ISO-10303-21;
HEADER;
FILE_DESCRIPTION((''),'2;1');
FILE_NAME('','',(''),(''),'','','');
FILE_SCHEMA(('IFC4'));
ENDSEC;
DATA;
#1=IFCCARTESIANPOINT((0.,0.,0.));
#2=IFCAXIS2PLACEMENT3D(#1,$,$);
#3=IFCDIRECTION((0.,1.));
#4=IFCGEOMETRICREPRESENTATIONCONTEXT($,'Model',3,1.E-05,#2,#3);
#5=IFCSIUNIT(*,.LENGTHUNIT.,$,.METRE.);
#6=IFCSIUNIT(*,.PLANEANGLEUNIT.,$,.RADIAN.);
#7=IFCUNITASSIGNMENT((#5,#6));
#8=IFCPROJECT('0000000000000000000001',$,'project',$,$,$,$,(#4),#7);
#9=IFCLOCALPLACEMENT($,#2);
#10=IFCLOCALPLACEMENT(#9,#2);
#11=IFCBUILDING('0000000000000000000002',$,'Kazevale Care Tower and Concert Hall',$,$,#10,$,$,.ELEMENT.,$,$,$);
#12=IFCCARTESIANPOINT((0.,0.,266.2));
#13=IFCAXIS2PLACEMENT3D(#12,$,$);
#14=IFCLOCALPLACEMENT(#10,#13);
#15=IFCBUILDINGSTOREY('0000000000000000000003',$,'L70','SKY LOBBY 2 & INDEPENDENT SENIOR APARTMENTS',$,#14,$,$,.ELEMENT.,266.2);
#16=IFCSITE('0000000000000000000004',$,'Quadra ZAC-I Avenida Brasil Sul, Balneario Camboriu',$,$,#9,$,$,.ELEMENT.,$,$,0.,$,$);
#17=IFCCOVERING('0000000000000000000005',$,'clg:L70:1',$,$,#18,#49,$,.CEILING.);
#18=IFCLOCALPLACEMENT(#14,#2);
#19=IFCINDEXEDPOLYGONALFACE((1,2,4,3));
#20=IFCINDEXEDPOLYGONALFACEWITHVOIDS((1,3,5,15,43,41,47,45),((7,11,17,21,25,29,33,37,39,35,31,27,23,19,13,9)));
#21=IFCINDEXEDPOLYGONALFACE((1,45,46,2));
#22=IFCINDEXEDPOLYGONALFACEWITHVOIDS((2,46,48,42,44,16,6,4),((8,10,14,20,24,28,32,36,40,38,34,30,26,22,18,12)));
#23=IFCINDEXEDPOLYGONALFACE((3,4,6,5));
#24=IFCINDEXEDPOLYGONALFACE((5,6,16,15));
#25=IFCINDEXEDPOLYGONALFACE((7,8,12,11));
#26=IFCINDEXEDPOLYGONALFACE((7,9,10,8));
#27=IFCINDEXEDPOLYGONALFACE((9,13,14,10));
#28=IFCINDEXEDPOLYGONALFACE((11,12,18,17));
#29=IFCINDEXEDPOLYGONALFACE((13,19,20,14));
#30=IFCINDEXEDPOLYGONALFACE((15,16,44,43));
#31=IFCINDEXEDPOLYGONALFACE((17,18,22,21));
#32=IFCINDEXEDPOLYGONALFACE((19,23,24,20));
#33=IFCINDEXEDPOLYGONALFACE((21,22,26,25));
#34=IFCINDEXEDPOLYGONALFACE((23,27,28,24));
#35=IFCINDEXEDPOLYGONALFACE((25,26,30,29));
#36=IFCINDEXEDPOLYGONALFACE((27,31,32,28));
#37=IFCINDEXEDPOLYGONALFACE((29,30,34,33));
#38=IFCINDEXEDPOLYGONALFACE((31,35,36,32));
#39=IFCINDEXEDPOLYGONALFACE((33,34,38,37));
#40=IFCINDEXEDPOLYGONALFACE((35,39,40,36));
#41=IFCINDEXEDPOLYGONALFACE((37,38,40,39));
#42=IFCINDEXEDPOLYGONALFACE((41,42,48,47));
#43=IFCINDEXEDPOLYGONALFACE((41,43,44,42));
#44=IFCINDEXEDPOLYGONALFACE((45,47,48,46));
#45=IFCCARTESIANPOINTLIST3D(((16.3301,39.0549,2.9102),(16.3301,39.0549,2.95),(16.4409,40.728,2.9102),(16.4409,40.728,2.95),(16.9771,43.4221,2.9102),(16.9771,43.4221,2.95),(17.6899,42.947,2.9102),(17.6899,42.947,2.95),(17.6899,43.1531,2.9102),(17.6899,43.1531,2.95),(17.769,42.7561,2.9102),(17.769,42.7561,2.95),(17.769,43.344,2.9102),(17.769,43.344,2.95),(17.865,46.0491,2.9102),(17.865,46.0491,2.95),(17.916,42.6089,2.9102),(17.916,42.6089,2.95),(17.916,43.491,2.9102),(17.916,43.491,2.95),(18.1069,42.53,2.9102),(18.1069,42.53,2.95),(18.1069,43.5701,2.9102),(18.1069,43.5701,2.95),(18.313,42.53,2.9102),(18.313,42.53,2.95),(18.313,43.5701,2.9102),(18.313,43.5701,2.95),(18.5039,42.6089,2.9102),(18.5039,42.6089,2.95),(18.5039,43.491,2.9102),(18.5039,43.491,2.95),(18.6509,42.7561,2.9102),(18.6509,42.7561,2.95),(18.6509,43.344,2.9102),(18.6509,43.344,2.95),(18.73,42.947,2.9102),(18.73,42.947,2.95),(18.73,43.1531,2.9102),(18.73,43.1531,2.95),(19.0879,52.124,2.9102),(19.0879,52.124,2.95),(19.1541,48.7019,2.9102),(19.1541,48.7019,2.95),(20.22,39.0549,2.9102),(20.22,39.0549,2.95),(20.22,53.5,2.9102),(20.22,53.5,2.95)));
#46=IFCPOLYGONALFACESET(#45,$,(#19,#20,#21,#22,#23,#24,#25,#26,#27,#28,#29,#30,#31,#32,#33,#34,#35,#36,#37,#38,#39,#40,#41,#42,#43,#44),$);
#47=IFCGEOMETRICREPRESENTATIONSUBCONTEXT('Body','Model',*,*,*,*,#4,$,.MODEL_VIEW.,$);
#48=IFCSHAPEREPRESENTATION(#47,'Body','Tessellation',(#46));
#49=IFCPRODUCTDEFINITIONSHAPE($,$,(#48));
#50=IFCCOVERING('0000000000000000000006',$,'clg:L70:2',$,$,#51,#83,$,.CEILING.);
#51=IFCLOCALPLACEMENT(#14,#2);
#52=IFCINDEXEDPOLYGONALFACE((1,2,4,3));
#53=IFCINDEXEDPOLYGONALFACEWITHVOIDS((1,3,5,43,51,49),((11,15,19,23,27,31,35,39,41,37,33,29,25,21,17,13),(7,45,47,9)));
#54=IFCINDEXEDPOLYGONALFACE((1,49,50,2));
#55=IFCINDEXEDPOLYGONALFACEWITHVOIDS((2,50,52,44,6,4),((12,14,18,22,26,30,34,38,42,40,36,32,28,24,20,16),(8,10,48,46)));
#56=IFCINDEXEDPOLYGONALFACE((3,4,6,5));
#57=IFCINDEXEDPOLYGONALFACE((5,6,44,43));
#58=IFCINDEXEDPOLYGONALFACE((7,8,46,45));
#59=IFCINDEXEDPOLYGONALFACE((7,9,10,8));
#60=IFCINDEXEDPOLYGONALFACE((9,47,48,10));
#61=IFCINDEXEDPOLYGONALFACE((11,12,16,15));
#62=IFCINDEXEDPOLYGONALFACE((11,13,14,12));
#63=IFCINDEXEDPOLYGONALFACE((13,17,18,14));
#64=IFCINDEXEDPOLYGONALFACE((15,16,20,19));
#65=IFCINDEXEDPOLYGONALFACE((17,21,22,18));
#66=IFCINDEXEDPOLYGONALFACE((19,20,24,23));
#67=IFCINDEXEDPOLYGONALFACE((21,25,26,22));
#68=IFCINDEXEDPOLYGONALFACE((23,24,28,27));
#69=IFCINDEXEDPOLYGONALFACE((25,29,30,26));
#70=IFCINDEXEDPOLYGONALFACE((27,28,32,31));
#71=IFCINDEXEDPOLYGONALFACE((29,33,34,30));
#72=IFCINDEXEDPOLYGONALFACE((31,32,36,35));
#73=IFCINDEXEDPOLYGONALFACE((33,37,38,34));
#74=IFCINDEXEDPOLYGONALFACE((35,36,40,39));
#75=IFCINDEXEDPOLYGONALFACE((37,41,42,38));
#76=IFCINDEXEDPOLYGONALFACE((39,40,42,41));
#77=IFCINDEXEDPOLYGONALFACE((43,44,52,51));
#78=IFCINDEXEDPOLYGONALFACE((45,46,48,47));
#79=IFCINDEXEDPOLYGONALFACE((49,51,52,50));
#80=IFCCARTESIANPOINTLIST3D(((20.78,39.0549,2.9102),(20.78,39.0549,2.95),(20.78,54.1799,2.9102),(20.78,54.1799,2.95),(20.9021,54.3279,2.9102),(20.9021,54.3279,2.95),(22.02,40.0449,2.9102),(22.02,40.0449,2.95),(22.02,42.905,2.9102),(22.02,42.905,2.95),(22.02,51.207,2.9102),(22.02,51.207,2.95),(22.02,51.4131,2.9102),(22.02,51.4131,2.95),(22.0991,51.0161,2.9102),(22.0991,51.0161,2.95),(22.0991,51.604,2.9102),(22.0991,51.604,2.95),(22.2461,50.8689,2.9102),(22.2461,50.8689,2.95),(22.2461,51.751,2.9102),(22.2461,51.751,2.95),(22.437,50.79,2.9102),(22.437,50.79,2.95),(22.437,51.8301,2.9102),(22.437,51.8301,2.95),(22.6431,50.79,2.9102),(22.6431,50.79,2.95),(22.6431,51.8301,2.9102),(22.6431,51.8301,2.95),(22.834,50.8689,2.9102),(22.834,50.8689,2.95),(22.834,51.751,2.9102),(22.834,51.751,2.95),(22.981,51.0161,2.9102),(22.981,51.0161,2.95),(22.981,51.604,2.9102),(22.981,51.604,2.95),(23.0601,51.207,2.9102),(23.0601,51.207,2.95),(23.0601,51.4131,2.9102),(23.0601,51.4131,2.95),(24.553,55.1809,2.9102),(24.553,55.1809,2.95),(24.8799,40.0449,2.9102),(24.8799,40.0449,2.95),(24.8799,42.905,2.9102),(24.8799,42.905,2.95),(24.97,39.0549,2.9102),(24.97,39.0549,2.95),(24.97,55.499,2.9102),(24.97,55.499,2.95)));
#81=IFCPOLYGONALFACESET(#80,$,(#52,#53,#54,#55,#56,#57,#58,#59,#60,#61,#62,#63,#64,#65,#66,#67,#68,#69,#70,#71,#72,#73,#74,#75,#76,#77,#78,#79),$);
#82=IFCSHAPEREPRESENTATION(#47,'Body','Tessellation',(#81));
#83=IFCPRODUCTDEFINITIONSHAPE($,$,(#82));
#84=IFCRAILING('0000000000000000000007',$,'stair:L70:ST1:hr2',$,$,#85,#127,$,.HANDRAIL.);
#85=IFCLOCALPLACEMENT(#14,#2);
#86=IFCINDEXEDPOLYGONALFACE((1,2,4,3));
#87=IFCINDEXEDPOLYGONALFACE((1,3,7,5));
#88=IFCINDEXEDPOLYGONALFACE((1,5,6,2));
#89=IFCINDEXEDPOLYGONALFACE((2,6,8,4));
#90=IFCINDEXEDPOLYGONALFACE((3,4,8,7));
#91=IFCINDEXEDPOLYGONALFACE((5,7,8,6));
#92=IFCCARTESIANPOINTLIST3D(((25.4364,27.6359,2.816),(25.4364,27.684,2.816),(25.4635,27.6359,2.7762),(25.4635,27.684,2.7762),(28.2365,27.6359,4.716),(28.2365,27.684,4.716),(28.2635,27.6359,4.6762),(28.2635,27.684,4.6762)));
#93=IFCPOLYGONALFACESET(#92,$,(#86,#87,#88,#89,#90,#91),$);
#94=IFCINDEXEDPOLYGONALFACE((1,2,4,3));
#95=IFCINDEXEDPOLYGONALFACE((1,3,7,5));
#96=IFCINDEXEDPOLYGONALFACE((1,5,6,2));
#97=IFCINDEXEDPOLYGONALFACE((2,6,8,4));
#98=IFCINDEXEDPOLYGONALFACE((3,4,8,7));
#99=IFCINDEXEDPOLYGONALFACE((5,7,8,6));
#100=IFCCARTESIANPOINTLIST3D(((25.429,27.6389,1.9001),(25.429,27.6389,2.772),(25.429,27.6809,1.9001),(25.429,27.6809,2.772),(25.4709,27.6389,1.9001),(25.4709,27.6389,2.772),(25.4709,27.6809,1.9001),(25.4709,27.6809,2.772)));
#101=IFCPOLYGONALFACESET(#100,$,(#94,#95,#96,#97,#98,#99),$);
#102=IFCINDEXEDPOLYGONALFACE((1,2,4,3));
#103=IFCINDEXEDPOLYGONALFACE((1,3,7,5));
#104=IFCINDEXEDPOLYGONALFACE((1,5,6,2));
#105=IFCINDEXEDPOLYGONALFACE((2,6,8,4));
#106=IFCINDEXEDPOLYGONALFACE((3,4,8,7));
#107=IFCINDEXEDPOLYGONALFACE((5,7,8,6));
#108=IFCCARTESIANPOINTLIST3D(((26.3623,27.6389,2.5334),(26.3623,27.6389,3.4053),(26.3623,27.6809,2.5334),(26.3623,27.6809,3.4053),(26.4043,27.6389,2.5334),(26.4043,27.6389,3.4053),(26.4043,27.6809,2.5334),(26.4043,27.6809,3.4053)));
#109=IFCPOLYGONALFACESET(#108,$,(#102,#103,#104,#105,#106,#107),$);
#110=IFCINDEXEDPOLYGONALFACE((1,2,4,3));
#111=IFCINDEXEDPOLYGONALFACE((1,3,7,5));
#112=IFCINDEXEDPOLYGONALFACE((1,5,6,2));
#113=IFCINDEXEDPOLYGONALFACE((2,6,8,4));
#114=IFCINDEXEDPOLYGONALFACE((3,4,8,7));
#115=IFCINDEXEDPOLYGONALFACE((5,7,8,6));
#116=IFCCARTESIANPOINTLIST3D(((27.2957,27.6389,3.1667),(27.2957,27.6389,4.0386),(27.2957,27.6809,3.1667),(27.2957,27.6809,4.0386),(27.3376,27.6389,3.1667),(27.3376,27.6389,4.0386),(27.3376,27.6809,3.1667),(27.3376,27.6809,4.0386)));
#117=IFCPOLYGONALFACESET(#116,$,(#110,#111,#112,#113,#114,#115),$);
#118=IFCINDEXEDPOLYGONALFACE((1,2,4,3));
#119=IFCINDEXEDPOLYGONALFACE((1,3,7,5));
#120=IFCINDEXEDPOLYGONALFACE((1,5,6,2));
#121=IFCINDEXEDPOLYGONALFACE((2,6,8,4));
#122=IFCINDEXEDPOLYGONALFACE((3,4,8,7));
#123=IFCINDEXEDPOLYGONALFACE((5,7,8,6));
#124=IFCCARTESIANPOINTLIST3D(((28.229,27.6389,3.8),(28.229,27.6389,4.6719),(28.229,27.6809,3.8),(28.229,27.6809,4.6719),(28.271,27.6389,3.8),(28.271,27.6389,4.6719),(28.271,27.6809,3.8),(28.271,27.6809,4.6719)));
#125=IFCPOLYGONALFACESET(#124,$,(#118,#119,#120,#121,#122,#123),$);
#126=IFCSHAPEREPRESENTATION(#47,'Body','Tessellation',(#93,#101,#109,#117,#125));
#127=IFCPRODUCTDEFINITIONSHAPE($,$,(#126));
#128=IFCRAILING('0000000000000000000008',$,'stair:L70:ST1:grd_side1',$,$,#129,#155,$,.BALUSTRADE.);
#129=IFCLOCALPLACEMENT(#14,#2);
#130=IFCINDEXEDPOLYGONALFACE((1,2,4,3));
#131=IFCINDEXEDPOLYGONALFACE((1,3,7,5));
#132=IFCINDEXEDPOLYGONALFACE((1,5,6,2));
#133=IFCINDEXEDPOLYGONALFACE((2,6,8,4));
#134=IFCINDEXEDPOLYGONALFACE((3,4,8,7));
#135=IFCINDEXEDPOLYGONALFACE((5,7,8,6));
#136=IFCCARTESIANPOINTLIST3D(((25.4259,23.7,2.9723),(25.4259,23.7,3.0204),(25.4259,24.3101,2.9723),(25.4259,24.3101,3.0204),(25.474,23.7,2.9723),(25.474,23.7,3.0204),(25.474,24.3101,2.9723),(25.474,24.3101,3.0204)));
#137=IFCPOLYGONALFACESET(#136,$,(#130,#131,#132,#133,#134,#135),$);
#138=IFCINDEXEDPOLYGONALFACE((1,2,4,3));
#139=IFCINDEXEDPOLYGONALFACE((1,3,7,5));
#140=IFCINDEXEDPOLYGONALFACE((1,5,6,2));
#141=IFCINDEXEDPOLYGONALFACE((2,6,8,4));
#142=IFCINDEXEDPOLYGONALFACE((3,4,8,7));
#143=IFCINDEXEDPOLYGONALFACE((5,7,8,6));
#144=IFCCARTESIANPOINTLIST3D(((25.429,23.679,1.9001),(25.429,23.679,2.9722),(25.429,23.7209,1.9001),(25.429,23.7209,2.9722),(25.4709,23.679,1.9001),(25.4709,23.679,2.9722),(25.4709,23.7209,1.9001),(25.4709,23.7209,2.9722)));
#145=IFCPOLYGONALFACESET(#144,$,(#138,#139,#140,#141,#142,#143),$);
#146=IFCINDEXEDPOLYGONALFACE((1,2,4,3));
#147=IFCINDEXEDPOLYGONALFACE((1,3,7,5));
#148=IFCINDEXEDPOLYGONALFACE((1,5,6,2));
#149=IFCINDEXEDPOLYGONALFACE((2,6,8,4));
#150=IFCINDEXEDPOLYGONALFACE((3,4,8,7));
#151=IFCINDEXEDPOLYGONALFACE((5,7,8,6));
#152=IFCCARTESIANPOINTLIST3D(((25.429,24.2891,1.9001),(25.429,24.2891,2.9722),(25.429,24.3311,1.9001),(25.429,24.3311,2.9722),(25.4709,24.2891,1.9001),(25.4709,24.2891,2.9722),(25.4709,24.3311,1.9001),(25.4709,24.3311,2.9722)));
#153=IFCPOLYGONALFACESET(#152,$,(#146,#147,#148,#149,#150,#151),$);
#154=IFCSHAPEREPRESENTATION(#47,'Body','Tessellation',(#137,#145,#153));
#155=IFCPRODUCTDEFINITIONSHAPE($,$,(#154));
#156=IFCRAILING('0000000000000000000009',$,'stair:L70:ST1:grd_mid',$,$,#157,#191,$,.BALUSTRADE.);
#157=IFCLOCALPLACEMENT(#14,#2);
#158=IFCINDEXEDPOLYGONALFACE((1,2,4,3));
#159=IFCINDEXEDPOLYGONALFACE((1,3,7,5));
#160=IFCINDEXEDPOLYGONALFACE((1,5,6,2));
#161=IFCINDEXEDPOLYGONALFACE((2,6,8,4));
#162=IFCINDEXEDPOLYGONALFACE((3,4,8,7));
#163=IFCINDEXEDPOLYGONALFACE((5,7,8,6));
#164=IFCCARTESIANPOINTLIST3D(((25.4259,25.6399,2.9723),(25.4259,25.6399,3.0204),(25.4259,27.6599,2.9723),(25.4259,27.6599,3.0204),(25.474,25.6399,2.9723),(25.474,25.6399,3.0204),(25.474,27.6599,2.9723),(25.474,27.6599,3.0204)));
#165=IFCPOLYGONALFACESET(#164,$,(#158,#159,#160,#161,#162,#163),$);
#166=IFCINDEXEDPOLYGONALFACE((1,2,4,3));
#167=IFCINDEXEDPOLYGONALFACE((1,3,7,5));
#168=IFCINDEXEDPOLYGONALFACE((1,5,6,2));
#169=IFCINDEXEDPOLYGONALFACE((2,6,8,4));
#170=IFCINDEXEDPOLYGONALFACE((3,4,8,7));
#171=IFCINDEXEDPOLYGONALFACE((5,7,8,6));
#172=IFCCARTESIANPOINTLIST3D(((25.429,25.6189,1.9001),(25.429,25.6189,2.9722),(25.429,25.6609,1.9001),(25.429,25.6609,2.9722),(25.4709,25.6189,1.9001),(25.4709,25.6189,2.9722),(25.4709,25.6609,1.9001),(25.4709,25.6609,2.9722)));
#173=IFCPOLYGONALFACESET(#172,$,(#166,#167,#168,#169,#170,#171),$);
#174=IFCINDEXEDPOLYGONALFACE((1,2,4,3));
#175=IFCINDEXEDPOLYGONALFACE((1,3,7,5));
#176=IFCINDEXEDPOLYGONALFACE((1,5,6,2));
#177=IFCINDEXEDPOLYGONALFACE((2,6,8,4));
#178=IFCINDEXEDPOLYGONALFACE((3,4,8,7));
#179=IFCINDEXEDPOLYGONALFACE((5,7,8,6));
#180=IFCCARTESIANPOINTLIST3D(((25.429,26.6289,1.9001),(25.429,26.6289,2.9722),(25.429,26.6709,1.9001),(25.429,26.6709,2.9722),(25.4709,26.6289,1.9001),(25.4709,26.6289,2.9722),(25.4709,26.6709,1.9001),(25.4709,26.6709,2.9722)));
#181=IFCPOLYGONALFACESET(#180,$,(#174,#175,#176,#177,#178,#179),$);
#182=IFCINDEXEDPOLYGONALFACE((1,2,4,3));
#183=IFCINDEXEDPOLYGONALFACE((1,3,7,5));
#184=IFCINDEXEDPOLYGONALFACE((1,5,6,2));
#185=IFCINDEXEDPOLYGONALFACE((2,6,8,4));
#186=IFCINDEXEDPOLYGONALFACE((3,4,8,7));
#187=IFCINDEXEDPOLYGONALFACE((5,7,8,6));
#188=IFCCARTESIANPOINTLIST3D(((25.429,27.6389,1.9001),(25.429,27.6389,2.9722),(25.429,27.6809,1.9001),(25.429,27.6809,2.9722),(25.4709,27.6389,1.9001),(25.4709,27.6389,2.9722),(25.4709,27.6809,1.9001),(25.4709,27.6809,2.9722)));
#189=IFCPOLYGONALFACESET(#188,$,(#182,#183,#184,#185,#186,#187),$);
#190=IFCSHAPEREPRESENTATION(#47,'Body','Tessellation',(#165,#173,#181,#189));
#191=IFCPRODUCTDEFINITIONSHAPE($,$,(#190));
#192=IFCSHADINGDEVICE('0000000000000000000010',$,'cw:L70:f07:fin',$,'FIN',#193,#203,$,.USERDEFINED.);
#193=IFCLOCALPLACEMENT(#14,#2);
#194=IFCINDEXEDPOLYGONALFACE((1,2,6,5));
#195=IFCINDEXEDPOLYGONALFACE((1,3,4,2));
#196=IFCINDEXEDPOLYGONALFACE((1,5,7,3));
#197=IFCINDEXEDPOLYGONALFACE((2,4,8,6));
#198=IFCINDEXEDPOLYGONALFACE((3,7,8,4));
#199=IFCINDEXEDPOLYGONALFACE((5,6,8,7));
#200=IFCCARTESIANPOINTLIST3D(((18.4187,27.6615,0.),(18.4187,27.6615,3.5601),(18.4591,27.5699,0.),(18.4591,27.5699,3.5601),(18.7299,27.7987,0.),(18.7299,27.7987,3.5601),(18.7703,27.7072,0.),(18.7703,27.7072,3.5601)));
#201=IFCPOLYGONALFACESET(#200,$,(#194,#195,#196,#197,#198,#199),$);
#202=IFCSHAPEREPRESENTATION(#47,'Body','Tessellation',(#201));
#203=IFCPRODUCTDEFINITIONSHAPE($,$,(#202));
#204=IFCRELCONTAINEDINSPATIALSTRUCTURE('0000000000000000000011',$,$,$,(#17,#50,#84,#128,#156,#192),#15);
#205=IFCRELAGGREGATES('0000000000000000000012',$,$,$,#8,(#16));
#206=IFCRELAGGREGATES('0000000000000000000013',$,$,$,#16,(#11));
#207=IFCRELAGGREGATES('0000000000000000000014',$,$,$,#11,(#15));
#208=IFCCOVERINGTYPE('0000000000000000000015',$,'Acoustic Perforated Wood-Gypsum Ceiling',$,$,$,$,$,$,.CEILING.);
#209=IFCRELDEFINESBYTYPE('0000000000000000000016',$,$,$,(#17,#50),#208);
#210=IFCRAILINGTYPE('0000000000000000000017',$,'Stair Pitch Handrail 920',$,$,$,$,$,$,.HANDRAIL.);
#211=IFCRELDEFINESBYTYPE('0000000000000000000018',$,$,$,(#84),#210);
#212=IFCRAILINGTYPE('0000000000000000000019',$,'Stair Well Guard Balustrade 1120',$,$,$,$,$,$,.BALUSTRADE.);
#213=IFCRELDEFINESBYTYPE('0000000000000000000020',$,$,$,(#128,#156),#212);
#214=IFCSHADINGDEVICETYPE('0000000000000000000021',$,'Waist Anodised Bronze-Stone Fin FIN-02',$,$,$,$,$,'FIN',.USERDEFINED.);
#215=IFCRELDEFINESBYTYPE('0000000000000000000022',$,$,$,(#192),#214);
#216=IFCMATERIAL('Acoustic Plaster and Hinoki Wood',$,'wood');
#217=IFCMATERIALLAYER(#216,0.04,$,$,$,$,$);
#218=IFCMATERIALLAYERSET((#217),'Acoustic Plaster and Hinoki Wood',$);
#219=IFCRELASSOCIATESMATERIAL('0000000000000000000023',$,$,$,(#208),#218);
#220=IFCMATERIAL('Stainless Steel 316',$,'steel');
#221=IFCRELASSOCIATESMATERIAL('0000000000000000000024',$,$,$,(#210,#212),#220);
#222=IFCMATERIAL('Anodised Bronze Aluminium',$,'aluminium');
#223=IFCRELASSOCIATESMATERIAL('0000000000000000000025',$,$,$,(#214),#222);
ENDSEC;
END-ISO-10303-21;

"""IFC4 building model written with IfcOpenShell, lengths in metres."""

from ifc_helpers import new_model, si_unit, direction, frame, origin, origin_2d, place, context, subcontext, project, spatial, polyline, rectangle, outline, extrude, material, layer, layer_set, type_object, element, save


model = new_model("IFC4")

# Units and contexts
model_context = context("Model", 3, precision=1e-05, world=origin(), true_north=direction((0.0, 1.0)))
body_context = subcontext(model_context, "Body", "Model", "MODEL_VIEW")
ifc_project = project(units=[si_unit("LENGTHUNIT", "METRE"), si_unit("PLANEANGLEUNIT", "RADIAN")], contexts=[model_context])

# Site, building, storey
site_placement = place(None, origin())
site = spatial("IfcSite", under=ifc_project, at=site_placement, Name="Quadra ZAC-I Avenida Brasil Sul, Balneario Camboriu", CompositionType="ELEMENT", RefElevation=0.0)
building_placement = place(site_placement, origin())
building = spatial("IfcBuilding", under=site, at=building_placement, Name="Kazevale Care Tower and Concert Hall", CompositionType="ELEMENT")
storey_placement = place(building_placement, frame((0.0, 0.0, 266.2)))
storey = spatial("IfcBuildingStorey", under=building, at=storey_placement, Name="L70", Description="SKY LOBBY 2 & INDEPENDENT SENIOR APARTMENTS", CompositionType="ELEMENT", Elevation=266.2)

# Coverings
ifc_material_1 = material(Name="Acoustic Plaster and Hinoki Wood", Category="wood")
ifc_layer_1 = layer(ifc_material_1, 0.04)
ifc_layer_set_1 = layer_set([ifc_layer_1], Name="Acoustic Plaster and Hinoki Wood")
covering_type = type_object("IfcCoveringType", Name="Acoustic Perforated Wood-Gypsum Ceiling", PredefinedType="CEILING", material=ifc_layer_set_1)
covering_1_placement = place(storey_placement, frame((0.0, 0.0, 2.9102)))
element("IfcCovering", 1, at=covering_1_placement, inside=storey, type_object=covering_type, Name="clg:L70:1", PredefinedType="CEILING", context=body_context, shape_type="SweptSolid", body=[
    extrude(outline(polyline([(16.9771, 43.4221), (17.865, 46.0491), (19.1541, 48.7019), (19.0879, 52.124), (20.22, 53.5), (20.22, 39.0549), (16.3301, 39.0549), (16.4409, 40.728), (16.9771, 43.4221)]), holes=[polyline([(18.73, 43.1531), (18.6509, 43.344), (18.5039, 43.491), (18.313, 43.5701), (18.1069, 43.5701), (17.916, 43.491), (17.769, 43.344), (17.6899, 43.1531), (17.6899, 42.947), (17.769, 42.7561), (17.916, 42.6089), (18.1069, 42.53), (18.313, 42.53), (18.5039, 42.6089), (18.6509, 42.7561), (18.73, 42.947), (18.73, 43.1531)])]), origin(), (0.0, 0.0, 1.0), 0.0398),
])
covering_2_placement = place(storey_placement, frame((0.0, 0.0, 2.9102)))
element("IfcCovering", 2, at=covering_2_placement, inside=storey, type_object=covering_type, Name="clg:L70:2", PredefinedType="CEILING", context=body_context, shape_type="SweptSolid", body=[
    extrude(outline(polyline([(24.97, 55.499), (24.97, 39.0549), (20.78, 39.0549), (20.78, 54.1799), (20.9021, 54.3279), (24.553, 55.1809), (24.97, 55.499)]), holes=[polyline([(22.02, 42.905), (22.02, 40.0449), (24.8799, 40.0449), (24.8799, 42.905), (22.02, 42.905)]), polyline([(23.0601, 51.4131), (22.981, 51.604), (22.834, 51.751), (22.6431, 51.8301), (22.437, 51.8301), (22.2461, 51.751), (22.0991, 51.604), (22.02, 51.4131), (22.02, 51.207), (22.0991, 51.0161), (22.2461, 50.8689), (22.437, 50.79), (22.6431, 50.79), (22.834, 50.8689), (22.981, 51.0161), (23.0601, 51.207), (23.0601, 51.4131)])]), origin(), (0.0, 0.0, 1.0), 0.0398),
])

# Railings
ifc_material_2 = material(Name="Stainless Steel 316", Category="steel")
railing_type_1 = type_object("IfcRailingType", Name="Stair Pitch Handrail 920", PredefinedType="HANDRAIL", material=ifc_material_2)
railing_1_placement = place(storey_placement, frame((25.45, 27.6599, 1.9001)))
element("IfcRailing", 3, at=railing_1_placement, inside=storey, type_object=railing_type_1, Name="stair:L70:ST1:hr2", PredefinedType="HANDRAIL", context=body_context, shape_type="SweptSolid", body=[
    extrude(rectangle(XDim=0.0481, YDim=0.0481, at=origin_2d()), frame((0.0, 0.0, 0.896), z_axis=(0.827494, 0.0, 0.561475), x_axis=(0.0, 1.0, 0.0)), (0.0, 0.0, 1.0), 3.3838),
    extrude(rectangle(XDim=0.042, YDim=0.042, at=origin_2d()), origin(), (0.0, 0.0, 1.0), 0.8718),
    extrude(rectangle(XDim=0.042, YDim=0.042, at=origin_2d()), frame((0.9333, 0.0, 0.6333)), (0.0, 0.0, 1.0), 0.8718),
    extrude(rectangle(XDim=0.042, YDim=0.042, at=origin_2d()), frame((1.8667, 0.0, 1.2666)), (0.0, 0.0, 1.0), 0.8718),
    extrude(rectangle(XDim=0.042, YDim=0.042, at=origin_2d()), frame((2.8, 0.0, 1.8999)), (0.0, 0.0, 1.0), 0.8718),
])
railing_type_2 = type_object("IfcRailingType", Name="Stair Well Guard Balustrade 1120", PredefinedType="BALUSTRADE", material=ifc_material_2)
railing_2_placement = place(storey_placement, frame((25.45, 23.7, 1.9001)))
element("IfcRailing", 4, at=railing_2_placement, inside=storey, type_object=railing_type_2, Name="stair:L70:ST1:grd_side1", PredefinedType="BALUSTRADE", context=body_context, shape_type="SweptSolid", body=[
    extrude(rectangle(XDim=0.0481, YDim=0.0481, at=origin_2d()), frame((0.0, 0.0, 1.0962), z_axis=(0.0, 1.0, 0.0), x_axis=(-1.0, 0.0, 0.0)), (0.0, 0.0, 1.0), 0.6101),
    extrude(rectangle(XDim=0.042, YDim=0.042, at=origin_2d()), origin(), (0.0, 0.0, 1.0), 1.072),
    extrude(rectangle(XDim=0.042, YDim=0.042, at=origin_2d()), frame((0.0, 0.6101, 0.0)), (0.0, 0.0, 1.0), 1.072),
])
railing_3_placement = place(storey_placement, frame((25.45, 25.6399, 1.9001)))
element("IfcRailing", 5, at=railing_3_placement, inside=storey, type_object=railing_type_2, Name="stair:L70:ST1:grd_mid", PredefinedType="BALUSTRADE", context=body_context, shape_type="SweptSolid", body=[
    extrude(rectangle(XDim=0.0481, YDim=0.0481, at=origin_2d()), frame((0.0, 0.0, 1.0962), z_axis=(0.0, 1.0, 0.0), x_axis=(-1.0, 0.0, 0.0)), (0.0, 0.0, 1.0), 2.02),
    extrude(rectangle(XDim=0.042, YDim=0.042, at=origin_2d()), origin(), (0.0, 0.0, 1.0), 1.072),
    extrude(rectangle(XDim=0.042, YDim=0.042, at=origin_2d()), frame((0.0, 1.01, 0.0)), (0.0, 0.0, 1.0), 1.072),
    extrude(rectangle(XDim=0.042, YDim=0.042, at=origin_2d()), frame((0.0, 2.02, 0.0)), (0.0, 0.0, 1.0), 1.072),
])

# Shading device
ifc_material_3 = material(Name="Anodised Bronze Aluminium", Category="aluminium")
shading_device_type = type_object("IfcShadingDeviceType", Name="Waist Anodised Bronze-Stone Fin FIN-02", ElementType="FIN", PredefinedType="USERDEFINED", material=ifc_material_3)
shading_device_placement = place(storey_placement, frame((18.5945, 27.6843, 0.0), z_axis=(0.0, 0.0, 1.0), x_axis=(-0.91496, -0.403545, 0.0)))
element("IfcShadingDevice", 6, at=shading_device_placement, inside=storey, type_object=shading_device_type, Name="cw:L70:f07:fin", ObjectType="FIN", PredefinedType="USERDEFINED", context=body_context, shape_type="SweptSolid", body=[
    extrude(rectangle(XDim=0.3401, YDim=0.1001, at=origin_2d()), origin(), (0.0, 0.0, 1.0), 3.5601),
])

save(model, "model.ifc")
